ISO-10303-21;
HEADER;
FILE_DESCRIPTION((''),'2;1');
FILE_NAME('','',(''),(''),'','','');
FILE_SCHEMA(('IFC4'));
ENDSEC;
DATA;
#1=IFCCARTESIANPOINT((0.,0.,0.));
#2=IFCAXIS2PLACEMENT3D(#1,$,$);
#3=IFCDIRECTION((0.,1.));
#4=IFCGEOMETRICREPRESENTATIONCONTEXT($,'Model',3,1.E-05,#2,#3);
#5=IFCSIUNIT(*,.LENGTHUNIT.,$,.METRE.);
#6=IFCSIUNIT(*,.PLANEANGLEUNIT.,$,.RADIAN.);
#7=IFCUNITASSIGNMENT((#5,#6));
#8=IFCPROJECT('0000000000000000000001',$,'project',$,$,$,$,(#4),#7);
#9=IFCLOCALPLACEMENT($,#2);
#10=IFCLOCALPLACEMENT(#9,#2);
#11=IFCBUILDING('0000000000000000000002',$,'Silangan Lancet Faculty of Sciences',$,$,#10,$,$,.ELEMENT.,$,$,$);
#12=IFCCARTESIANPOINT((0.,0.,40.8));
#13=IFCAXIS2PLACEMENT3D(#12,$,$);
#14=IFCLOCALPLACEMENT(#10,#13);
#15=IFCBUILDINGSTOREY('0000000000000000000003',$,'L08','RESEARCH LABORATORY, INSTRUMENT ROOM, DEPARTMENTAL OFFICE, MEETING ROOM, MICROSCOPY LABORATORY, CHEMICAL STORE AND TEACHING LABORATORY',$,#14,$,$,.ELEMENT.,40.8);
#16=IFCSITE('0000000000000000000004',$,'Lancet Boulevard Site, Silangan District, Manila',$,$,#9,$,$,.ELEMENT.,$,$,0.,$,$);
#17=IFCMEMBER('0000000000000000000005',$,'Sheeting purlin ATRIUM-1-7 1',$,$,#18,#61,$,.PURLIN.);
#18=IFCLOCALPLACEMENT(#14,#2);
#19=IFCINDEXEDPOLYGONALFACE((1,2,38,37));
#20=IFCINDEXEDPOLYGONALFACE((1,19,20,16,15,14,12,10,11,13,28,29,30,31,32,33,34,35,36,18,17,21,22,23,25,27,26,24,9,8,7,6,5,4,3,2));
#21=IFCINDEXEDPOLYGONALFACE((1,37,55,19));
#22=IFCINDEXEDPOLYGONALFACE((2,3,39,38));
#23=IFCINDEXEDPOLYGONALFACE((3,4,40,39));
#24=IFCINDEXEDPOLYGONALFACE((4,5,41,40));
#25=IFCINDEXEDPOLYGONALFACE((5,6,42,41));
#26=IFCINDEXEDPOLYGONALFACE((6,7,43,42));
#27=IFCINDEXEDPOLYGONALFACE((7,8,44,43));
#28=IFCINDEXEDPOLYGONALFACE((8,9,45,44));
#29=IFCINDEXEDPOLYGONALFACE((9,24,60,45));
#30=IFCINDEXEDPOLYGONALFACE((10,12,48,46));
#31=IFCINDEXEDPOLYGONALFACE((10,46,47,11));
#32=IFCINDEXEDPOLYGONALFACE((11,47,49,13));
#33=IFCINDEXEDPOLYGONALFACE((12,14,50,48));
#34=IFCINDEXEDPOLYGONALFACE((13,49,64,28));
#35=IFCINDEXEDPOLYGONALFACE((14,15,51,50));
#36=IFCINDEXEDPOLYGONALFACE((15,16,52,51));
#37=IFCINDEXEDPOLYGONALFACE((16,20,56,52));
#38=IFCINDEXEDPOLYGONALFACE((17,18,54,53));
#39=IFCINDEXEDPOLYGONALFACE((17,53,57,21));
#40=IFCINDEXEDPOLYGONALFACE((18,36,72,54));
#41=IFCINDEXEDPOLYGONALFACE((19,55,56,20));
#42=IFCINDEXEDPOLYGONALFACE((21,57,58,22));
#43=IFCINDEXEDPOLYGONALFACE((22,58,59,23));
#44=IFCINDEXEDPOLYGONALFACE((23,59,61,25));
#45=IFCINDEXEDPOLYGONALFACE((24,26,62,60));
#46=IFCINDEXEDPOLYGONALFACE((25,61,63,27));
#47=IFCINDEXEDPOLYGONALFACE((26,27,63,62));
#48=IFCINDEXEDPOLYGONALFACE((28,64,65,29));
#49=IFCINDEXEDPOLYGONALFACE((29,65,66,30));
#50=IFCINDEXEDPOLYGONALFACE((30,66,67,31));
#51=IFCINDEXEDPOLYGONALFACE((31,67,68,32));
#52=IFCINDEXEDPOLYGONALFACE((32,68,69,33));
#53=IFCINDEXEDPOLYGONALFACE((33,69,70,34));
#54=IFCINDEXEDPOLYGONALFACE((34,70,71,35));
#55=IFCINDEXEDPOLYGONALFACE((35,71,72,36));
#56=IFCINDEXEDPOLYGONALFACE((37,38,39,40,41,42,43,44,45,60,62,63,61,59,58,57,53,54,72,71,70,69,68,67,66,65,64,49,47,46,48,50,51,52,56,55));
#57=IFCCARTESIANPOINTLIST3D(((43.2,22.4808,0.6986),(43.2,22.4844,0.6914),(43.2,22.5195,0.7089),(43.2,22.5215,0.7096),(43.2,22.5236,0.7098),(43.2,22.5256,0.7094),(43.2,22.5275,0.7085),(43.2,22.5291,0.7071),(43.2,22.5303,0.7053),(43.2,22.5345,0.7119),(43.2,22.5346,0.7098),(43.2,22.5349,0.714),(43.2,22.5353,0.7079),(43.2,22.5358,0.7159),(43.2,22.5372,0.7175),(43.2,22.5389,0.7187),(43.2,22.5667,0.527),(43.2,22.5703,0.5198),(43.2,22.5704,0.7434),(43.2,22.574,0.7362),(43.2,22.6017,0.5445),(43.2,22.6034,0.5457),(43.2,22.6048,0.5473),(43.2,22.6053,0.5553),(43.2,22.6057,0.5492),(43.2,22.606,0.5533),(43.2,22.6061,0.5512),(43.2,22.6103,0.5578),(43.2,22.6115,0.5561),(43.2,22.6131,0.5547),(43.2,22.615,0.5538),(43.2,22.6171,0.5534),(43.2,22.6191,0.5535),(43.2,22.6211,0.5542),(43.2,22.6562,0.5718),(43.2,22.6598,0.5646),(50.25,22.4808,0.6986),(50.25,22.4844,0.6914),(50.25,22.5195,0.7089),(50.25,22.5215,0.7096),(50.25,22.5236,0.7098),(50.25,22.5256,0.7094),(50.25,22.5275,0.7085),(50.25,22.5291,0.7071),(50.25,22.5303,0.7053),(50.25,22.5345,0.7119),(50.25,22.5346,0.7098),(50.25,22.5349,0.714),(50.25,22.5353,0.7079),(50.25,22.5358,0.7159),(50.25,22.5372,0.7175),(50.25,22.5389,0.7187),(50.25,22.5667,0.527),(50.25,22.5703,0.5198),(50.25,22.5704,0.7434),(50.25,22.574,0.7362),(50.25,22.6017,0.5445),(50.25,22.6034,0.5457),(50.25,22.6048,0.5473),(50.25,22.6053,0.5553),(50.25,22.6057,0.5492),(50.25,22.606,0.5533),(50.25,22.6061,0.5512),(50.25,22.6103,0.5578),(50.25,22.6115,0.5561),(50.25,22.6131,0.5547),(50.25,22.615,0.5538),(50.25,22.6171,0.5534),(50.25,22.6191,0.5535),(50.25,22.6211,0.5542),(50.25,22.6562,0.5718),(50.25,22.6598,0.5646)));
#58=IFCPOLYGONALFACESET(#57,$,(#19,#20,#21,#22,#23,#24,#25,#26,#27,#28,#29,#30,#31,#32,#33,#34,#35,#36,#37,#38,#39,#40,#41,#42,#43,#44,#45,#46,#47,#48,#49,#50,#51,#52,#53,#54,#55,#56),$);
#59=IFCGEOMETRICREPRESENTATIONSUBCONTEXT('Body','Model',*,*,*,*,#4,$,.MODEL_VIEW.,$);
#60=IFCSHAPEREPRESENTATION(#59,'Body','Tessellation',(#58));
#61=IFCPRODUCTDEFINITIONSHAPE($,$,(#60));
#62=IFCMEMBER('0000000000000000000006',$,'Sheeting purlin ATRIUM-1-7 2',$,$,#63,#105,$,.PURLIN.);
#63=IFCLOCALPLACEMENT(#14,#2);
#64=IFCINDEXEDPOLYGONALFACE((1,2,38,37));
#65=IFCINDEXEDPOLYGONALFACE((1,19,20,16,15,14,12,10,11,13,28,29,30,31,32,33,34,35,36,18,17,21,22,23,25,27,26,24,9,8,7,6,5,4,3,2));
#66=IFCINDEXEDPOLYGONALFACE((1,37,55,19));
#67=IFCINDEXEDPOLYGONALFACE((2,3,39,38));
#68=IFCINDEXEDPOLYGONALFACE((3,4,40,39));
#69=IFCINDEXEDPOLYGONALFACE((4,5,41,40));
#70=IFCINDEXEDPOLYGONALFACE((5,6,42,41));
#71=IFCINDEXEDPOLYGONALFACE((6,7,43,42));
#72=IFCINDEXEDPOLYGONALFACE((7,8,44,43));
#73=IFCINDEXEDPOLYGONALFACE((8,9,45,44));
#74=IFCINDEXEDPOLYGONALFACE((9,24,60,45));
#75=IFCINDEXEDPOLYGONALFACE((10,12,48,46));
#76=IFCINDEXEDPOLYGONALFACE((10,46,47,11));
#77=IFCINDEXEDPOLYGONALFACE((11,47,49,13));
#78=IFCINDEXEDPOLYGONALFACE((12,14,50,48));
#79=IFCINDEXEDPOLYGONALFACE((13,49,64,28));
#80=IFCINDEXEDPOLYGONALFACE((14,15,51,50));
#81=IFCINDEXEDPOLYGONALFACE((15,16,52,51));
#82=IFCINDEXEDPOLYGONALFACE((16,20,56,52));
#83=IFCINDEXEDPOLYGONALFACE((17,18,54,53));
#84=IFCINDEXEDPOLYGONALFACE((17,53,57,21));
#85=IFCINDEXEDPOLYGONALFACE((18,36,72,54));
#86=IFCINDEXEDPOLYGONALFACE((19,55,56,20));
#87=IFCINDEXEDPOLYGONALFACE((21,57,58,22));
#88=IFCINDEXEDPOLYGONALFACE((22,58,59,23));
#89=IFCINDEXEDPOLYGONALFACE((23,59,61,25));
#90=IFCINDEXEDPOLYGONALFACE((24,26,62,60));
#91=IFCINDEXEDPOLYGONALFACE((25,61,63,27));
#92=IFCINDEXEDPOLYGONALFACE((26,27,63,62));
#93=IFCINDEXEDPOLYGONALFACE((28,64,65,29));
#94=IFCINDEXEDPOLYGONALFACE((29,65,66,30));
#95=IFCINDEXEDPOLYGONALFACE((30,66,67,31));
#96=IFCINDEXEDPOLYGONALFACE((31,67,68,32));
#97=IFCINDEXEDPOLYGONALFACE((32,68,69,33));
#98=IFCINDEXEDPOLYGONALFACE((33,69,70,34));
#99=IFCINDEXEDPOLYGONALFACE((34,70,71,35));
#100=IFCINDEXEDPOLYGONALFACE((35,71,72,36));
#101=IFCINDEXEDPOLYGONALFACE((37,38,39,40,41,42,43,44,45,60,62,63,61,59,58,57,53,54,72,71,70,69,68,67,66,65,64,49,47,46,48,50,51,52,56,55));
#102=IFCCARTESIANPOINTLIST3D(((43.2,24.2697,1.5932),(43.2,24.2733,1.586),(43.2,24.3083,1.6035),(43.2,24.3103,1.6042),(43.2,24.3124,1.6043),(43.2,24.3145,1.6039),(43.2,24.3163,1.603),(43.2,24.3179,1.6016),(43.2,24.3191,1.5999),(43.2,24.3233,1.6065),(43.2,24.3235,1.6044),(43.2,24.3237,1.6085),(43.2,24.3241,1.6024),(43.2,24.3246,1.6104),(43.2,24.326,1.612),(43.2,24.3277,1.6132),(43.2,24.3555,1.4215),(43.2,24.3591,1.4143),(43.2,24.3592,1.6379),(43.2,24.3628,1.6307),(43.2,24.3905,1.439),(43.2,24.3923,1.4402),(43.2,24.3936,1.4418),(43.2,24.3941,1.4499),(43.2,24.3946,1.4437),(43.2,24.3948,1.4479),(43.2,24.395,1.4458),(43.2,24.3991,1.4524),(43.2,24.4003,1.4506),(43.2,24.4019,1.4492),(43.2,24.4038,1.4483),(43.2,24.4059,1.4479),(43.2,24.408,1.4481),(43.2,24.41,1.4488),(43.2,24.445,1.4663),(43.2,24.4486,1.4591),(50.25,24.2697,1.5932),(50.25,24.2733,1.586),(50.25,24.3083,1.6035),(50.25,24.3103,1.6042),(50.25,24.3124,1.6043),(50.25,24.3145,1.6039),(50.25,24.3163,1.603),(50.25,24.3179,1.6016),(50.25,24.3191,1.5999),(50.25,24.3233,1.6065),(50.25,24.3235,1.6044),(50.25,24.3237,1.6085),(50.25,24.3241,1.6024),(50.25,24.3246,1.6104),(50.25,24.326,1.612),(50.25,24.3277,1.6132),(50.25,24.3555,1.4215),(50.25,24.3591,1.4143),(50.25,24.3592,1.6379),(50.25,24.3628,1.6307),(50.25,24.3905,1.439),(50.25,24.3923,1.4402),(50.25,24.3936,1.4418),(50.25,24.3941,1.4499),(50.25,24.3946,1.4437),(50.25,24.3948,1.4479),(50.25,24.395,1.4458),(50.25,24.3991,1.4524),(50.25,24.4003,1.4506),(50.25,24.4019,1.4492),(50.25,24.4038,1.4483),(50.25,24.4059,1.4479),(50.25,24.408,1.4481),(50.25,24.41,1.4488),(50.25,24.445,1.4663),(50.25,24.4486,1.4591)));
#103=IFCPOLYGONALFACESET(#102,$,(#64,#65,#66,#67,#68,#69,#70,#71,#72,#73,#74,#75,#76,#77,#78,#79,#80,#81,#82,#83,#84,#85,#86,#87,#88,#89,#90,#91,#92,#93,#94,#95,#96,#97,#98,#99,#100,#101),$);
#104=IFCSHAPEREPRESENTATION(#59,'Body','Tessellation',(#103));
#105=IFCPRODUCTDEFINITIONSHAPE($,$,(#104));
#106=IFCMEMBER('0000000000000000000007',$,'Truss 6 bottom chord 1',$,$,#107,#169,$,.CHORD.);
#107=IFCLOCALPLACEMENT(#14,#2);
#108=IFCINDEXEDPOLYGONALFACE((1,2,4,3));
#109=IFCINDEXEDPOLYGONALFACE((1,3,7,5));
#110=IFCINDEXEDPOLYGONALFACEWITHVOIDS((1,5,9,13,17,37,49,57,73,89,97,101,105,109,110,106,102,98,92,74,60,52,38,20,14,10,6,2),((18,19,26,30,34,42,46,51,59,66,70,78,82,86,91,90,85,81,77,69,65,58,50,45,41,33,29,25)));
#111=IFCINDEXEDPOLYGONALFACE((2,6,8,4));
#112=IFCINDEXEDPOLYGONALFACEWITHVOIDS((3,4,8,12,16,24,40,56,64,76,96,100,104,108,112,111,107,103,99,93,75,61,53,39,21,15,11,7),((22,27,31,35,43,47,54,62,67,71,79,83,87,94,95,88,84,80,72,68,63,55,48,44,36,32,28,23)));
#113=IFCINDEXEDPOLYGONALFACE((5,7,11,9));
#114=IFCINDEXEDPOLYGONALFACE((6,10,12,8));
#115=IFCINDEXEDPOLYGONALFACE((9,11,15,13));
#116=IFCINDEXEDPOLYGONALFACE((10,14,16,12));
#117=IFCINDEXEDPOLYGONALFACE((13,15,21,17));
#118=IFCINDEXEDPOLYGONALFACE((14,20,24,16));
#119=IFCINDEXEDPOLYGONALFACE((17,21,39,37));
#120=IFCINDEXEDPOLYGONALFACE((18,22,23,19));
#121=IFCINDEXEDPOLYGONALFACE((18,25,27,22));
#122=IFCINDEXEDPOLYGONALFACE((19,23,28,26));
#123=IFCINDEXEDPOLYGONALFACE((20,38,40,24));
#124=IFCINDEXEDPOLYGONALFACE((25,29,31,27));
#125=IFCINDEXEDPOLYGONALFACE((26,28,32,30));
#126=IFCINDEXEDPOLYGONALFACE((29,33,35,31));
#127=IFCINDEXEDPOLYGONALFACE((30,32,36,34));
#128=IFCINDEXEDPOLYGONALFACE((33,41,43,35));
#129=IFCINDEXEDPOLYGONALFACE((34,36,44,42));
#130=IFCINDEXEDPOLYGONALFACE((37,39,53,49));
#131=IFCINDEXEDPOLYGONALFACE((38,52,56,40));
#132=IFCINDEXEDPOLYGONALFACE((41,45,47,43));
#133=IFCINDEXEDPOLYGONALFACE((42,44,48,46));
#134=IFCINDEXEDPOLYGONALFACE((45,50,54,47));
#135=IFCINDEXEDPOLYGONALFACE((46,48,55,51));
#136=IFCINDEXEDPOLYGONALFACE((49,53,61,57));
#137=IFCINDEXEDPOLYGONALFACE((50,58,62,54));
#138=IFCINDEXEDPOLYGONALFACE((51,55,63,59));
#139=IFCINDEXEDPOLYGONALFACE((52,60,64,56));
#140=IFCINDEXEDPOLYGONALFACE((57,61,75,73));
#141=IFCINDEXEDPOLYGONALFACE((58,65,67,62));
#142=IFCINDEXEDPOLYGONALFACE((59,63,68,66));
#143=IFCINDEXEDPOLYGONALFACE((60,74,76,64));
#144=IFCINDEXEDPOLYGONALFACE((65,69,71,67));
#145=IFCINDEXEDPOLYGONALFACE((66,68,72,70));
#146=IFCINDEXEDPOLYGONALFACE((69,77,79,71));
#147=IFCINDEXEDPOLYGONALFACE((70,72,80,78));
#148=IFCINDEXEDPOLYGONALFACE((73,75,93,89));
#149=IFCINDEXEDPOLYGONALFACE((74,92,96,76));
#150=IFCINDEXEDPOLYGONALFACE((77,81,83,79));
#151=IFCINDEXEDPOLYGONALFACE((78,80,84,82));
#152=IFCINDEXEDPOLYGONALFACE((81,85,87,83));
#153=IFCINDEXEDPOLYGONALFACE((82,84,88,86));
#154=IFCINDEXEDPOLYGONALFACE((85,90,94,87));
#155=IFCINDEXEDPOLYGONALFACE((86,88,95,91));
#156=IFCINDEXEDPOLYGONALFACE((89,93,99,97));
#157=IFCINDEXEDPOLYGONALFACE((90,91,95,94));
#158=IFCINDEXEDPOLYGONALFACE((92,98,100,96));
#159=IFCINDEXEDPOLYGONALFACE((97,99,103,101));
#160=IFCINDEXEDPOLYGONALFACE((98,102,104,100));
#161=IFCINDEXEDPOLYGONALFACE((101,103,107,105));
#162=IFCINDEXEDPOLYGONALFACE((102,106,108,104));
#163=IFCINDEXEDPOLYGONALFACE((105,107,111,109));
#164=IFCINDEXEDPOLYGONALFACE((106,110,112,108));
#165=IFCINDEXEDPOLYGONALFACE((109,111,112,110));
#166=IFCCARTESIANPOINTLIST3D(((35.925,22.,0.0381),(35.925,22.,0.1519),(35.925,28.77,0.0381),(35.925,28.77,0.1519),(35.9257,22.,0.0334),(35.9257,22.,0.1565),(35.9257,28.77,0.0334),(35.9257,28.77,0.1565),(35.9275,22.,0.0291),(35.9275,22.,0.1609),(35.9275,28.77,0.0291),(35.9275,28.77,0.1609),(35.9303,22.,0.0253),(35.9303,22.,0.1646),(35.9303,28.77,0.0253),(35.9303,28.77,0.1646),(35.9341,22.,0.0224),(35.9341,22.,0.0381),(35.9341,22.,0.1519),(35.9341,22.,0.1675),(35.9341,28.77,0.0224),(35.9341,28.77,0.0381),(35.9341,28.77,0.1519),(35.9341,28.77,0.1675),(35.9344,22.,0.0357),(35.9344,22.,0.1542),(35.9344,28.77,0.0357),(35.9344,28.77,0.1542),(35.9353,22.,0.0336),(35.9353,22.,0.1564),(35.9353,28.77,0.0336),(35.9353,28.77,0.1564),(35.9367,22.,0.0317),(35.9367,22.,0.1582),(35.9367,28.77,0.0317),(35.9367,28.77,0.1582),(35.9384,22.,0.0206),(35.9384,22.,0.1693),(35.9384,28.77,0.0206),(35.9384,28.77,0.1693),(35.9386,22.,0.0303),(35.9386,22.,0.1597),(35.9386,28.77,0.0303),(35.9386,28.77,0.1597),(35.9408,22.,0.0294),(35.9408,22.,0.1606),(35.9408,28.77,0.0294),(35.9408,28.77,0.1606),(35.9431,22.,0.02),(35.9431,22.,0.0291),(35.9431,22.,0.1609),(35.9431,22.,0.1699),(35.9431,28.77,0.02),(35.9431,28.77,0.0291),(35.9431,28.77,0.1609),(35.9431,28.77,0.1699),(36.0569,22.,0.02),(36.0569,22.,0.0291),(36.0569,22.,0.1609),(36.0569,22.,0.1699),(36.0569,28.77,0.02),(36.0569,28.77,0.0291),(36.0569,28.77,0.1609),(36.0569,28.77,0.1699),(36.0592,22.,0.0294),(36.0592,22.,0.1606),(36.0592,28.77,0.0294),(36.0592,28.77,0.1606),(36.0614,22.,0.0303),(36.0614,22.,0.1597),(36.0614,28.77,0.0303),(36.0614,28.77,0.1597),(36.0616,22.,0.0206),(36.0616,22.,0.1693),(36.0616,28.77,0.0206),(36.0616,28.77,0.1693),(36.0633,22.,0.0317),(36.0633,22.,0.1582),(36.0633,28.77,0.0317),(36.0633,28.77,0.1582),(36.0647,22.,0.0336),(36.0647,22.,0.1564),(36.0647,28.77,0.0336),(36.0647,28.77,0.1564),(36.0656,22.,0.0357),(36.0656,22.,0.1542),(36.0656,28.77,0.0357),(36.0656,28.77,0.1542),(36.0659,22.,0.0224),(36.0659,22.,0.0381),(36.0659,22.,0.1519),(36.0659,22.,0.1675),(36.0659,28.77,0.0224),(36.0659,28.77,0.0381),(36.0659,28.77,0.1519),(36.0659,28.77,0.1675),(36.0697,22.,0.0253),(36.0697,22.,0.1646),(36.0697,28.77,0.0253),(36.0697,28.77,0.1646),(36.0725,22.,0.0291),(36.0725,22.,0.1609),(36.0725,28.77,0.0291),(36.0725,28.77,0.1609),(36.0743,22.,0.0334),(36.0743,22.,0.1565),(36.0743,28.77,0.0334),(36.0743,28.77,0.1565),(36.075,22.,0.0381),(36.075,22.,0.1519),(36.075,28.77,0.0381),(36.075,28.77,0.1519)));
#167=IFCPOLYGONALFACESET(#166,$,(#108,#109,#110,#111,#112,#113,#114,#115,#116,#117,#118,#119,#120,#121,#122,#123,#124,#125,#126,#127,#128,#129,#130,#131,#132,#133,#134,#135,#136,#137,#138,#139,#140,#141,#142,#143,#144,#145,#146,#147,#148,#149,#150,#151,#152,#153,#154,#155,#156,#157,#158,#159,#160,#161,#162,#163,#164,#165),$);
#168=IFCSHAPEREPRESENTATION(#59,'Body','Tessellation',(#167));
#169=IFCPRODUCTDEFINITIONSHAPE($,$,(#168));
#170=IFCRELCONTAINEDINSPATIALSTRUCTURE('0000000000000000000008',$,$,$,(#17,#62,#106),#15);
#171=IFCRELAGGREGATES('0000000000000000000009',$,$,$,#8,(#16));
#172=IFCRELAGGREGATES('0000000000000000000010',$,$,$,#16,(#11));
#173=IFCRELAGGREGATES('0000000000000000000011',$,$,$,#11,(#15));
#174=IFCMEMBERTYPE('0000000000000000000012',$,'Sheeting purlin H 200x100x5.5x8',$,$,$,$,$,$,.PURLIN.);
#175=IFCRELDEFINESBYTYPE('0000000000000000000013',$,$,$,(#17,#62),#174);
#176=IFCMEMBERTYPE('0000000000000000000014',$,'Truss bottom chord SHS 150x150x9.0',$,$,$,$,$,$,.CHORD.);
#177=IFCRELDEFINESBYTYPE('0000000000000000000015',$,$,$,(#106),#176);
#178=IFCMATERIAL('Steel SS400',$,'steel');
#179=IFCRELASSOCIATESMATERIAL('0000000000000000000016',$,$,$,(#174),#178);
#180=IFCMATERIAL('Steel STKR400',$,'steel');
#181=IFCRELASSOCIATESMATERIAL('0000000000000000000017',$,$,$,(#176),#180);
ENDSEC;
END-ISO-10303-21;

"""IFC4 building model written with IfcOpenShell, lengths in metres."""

from ifc_helpers import new_model, si_unit, direction, frame, origin, origin_2d, place, context, subcontext, project, spatial, hollow_rectangle, i_section, extrude, material, material_profile, profile_set, type_object, element, save


model = new_model("IFC4")

# Units and contexts
model_context = context("Model", 3, precision=1e-05, world=origin(), true_north=direction((0.0, 1.0)))
body_context = subcontext(model_context, "Body", "Model", "MODEL_VIEW")
ifc_project = project(units=[si_unit("LENGTHUNIT", "METRE"), si_unit("PLANEANGLEUNIT", "RADIAN")], contexts=[model_context])

# Site, building, storey
site_placement = place(None, origin())
site = spatial("IfcSite", under=ifc_project, at=site_placement, Name="Lancet Boulevard Site, Silangan District, Manila", CompositionType="ELEMENT", RefElevation=0.0)
building_placement = place(site_placement, origin())
building = spatial("IfcBuilding", under=site, at=building_placement, Name="Silangan Lancet Faculty of Sciences", CompositionType="ELEMENT")
storey_placement = place(building_placement, frame((0.0, 0.0, 40.8)))
storey = spatial("IfcBuildingStorey", under=building, at=storey_placement, Name="L08", Description="RESEARCH LABORATORY, INSTRUMENT ROOM, DEPARTMENTAL OFFICE, MEETING ROOM, MICROSCOPY LABORATORY, CHEMICAL STORE AND TEACHING LABORATORY", CompositionType="ELEMENT", Elevation=40.8)

# Members
ifc_material_1 = material(Name="Steel SS400", Category="steel")
ifc_material_profile_1 = material_profile(ifc_material_1, i_section(OverallWidth=0.1001, OverallDepth=0.2, WebThickness=0.0056, FlangeThickness=0.0081, FilletRadius=0.0081, at=origin_2d()), Name="H 200x100x5.5x8")
ifc_profile_set_1 = profile_set([ifc_material_profile_1], Name="Steel SS400")
member_type_1 = type_object("IfcMemberType", Name="Sheeting purlin H 200x100x5.5x8", PredefinedType="PURLIN", material=ifc_profile_set_1)
for number, where, z_axis, x_axis, name in (
    (1, (43.2, 22.5703, 0.6316), (1.0, 0.0, 0.0), (0.0, 0.894427, 0.447214), "Sheeting purlin ATRIUM-1-7 1"),
    (2, (43.2, 24.3591, 1.5261), (1.0, 0.0, 0.0), (0.0, 0.894427, 0.447214), "Sheeting purlin ATRIUM-1-7 2"),
):
    element("IfcMember", number, at=place(storey_placement, frame(where, z_axis=z_axis, x_axis=x_axis)), inside=storey, type_object=member_type_1, Name=name, PredefinedType="PURLIN", context=body_context, shape_type="SweptSolid", body=[
        extrude(i_section(OverallWidth=0.1001, OverallDepth=0.2, WebThickness=0.0056, FlangeThickness=0.0081, FilletRadius=0.0081, at=origin_2d()), origin(), (0.0, 0.0, 1.0), 7.05),
    ])
ifc_material_2 = material(Name="Steel STKR400", Category="steel")
ifc_material_profile_2 = material_profile(ifc_material_2, hollow_rectangle(XDim=0.1499, YDim=0.1499, WallThickness=0.009, InnerFilletRadius=0.009, OuterFilletRadius=0.0181, at=origin_2d()), Name="SHS 150x150x9.0")
ifc_profile_set_2 = profile_set([ifc_material_profile_2], Name="Steel STKR400")
member_type_2 = type_object("IfcMemberType", Name="Truss bottom chord SHS 150x150x9.0", PredefinedType="CHORD", material=ifc_profile_set_2)
for number, where, z_axis, x_axis, name in (
    (3, (36.0, 22.0, 0.095), (0.0, 1.0, 0.0), (-1.0, 0.0, 0.0), "Truss 6 bottom chord 1"),
):
    element("IfcMember", number, at=place(storey_placement, frame(where, z_axis=z_axis, x_axis=x_axis)), inside=storey, type_object=member_type_2, Name=name, PredefinedType="CHORD", context=body_context, shape_type="SweptSolid", body=[
        extrude(hollow_rectangle(XDim=0.1499, YDim=0.1499, WallThickness=0.009, InnerFilletRadius=0.009, OuterFilletRadius=0.0181, at=origin_2d()), origin(), (0.0, 0.0, 1.0), 6.77),
    ])

save(model, "model.ifc")
